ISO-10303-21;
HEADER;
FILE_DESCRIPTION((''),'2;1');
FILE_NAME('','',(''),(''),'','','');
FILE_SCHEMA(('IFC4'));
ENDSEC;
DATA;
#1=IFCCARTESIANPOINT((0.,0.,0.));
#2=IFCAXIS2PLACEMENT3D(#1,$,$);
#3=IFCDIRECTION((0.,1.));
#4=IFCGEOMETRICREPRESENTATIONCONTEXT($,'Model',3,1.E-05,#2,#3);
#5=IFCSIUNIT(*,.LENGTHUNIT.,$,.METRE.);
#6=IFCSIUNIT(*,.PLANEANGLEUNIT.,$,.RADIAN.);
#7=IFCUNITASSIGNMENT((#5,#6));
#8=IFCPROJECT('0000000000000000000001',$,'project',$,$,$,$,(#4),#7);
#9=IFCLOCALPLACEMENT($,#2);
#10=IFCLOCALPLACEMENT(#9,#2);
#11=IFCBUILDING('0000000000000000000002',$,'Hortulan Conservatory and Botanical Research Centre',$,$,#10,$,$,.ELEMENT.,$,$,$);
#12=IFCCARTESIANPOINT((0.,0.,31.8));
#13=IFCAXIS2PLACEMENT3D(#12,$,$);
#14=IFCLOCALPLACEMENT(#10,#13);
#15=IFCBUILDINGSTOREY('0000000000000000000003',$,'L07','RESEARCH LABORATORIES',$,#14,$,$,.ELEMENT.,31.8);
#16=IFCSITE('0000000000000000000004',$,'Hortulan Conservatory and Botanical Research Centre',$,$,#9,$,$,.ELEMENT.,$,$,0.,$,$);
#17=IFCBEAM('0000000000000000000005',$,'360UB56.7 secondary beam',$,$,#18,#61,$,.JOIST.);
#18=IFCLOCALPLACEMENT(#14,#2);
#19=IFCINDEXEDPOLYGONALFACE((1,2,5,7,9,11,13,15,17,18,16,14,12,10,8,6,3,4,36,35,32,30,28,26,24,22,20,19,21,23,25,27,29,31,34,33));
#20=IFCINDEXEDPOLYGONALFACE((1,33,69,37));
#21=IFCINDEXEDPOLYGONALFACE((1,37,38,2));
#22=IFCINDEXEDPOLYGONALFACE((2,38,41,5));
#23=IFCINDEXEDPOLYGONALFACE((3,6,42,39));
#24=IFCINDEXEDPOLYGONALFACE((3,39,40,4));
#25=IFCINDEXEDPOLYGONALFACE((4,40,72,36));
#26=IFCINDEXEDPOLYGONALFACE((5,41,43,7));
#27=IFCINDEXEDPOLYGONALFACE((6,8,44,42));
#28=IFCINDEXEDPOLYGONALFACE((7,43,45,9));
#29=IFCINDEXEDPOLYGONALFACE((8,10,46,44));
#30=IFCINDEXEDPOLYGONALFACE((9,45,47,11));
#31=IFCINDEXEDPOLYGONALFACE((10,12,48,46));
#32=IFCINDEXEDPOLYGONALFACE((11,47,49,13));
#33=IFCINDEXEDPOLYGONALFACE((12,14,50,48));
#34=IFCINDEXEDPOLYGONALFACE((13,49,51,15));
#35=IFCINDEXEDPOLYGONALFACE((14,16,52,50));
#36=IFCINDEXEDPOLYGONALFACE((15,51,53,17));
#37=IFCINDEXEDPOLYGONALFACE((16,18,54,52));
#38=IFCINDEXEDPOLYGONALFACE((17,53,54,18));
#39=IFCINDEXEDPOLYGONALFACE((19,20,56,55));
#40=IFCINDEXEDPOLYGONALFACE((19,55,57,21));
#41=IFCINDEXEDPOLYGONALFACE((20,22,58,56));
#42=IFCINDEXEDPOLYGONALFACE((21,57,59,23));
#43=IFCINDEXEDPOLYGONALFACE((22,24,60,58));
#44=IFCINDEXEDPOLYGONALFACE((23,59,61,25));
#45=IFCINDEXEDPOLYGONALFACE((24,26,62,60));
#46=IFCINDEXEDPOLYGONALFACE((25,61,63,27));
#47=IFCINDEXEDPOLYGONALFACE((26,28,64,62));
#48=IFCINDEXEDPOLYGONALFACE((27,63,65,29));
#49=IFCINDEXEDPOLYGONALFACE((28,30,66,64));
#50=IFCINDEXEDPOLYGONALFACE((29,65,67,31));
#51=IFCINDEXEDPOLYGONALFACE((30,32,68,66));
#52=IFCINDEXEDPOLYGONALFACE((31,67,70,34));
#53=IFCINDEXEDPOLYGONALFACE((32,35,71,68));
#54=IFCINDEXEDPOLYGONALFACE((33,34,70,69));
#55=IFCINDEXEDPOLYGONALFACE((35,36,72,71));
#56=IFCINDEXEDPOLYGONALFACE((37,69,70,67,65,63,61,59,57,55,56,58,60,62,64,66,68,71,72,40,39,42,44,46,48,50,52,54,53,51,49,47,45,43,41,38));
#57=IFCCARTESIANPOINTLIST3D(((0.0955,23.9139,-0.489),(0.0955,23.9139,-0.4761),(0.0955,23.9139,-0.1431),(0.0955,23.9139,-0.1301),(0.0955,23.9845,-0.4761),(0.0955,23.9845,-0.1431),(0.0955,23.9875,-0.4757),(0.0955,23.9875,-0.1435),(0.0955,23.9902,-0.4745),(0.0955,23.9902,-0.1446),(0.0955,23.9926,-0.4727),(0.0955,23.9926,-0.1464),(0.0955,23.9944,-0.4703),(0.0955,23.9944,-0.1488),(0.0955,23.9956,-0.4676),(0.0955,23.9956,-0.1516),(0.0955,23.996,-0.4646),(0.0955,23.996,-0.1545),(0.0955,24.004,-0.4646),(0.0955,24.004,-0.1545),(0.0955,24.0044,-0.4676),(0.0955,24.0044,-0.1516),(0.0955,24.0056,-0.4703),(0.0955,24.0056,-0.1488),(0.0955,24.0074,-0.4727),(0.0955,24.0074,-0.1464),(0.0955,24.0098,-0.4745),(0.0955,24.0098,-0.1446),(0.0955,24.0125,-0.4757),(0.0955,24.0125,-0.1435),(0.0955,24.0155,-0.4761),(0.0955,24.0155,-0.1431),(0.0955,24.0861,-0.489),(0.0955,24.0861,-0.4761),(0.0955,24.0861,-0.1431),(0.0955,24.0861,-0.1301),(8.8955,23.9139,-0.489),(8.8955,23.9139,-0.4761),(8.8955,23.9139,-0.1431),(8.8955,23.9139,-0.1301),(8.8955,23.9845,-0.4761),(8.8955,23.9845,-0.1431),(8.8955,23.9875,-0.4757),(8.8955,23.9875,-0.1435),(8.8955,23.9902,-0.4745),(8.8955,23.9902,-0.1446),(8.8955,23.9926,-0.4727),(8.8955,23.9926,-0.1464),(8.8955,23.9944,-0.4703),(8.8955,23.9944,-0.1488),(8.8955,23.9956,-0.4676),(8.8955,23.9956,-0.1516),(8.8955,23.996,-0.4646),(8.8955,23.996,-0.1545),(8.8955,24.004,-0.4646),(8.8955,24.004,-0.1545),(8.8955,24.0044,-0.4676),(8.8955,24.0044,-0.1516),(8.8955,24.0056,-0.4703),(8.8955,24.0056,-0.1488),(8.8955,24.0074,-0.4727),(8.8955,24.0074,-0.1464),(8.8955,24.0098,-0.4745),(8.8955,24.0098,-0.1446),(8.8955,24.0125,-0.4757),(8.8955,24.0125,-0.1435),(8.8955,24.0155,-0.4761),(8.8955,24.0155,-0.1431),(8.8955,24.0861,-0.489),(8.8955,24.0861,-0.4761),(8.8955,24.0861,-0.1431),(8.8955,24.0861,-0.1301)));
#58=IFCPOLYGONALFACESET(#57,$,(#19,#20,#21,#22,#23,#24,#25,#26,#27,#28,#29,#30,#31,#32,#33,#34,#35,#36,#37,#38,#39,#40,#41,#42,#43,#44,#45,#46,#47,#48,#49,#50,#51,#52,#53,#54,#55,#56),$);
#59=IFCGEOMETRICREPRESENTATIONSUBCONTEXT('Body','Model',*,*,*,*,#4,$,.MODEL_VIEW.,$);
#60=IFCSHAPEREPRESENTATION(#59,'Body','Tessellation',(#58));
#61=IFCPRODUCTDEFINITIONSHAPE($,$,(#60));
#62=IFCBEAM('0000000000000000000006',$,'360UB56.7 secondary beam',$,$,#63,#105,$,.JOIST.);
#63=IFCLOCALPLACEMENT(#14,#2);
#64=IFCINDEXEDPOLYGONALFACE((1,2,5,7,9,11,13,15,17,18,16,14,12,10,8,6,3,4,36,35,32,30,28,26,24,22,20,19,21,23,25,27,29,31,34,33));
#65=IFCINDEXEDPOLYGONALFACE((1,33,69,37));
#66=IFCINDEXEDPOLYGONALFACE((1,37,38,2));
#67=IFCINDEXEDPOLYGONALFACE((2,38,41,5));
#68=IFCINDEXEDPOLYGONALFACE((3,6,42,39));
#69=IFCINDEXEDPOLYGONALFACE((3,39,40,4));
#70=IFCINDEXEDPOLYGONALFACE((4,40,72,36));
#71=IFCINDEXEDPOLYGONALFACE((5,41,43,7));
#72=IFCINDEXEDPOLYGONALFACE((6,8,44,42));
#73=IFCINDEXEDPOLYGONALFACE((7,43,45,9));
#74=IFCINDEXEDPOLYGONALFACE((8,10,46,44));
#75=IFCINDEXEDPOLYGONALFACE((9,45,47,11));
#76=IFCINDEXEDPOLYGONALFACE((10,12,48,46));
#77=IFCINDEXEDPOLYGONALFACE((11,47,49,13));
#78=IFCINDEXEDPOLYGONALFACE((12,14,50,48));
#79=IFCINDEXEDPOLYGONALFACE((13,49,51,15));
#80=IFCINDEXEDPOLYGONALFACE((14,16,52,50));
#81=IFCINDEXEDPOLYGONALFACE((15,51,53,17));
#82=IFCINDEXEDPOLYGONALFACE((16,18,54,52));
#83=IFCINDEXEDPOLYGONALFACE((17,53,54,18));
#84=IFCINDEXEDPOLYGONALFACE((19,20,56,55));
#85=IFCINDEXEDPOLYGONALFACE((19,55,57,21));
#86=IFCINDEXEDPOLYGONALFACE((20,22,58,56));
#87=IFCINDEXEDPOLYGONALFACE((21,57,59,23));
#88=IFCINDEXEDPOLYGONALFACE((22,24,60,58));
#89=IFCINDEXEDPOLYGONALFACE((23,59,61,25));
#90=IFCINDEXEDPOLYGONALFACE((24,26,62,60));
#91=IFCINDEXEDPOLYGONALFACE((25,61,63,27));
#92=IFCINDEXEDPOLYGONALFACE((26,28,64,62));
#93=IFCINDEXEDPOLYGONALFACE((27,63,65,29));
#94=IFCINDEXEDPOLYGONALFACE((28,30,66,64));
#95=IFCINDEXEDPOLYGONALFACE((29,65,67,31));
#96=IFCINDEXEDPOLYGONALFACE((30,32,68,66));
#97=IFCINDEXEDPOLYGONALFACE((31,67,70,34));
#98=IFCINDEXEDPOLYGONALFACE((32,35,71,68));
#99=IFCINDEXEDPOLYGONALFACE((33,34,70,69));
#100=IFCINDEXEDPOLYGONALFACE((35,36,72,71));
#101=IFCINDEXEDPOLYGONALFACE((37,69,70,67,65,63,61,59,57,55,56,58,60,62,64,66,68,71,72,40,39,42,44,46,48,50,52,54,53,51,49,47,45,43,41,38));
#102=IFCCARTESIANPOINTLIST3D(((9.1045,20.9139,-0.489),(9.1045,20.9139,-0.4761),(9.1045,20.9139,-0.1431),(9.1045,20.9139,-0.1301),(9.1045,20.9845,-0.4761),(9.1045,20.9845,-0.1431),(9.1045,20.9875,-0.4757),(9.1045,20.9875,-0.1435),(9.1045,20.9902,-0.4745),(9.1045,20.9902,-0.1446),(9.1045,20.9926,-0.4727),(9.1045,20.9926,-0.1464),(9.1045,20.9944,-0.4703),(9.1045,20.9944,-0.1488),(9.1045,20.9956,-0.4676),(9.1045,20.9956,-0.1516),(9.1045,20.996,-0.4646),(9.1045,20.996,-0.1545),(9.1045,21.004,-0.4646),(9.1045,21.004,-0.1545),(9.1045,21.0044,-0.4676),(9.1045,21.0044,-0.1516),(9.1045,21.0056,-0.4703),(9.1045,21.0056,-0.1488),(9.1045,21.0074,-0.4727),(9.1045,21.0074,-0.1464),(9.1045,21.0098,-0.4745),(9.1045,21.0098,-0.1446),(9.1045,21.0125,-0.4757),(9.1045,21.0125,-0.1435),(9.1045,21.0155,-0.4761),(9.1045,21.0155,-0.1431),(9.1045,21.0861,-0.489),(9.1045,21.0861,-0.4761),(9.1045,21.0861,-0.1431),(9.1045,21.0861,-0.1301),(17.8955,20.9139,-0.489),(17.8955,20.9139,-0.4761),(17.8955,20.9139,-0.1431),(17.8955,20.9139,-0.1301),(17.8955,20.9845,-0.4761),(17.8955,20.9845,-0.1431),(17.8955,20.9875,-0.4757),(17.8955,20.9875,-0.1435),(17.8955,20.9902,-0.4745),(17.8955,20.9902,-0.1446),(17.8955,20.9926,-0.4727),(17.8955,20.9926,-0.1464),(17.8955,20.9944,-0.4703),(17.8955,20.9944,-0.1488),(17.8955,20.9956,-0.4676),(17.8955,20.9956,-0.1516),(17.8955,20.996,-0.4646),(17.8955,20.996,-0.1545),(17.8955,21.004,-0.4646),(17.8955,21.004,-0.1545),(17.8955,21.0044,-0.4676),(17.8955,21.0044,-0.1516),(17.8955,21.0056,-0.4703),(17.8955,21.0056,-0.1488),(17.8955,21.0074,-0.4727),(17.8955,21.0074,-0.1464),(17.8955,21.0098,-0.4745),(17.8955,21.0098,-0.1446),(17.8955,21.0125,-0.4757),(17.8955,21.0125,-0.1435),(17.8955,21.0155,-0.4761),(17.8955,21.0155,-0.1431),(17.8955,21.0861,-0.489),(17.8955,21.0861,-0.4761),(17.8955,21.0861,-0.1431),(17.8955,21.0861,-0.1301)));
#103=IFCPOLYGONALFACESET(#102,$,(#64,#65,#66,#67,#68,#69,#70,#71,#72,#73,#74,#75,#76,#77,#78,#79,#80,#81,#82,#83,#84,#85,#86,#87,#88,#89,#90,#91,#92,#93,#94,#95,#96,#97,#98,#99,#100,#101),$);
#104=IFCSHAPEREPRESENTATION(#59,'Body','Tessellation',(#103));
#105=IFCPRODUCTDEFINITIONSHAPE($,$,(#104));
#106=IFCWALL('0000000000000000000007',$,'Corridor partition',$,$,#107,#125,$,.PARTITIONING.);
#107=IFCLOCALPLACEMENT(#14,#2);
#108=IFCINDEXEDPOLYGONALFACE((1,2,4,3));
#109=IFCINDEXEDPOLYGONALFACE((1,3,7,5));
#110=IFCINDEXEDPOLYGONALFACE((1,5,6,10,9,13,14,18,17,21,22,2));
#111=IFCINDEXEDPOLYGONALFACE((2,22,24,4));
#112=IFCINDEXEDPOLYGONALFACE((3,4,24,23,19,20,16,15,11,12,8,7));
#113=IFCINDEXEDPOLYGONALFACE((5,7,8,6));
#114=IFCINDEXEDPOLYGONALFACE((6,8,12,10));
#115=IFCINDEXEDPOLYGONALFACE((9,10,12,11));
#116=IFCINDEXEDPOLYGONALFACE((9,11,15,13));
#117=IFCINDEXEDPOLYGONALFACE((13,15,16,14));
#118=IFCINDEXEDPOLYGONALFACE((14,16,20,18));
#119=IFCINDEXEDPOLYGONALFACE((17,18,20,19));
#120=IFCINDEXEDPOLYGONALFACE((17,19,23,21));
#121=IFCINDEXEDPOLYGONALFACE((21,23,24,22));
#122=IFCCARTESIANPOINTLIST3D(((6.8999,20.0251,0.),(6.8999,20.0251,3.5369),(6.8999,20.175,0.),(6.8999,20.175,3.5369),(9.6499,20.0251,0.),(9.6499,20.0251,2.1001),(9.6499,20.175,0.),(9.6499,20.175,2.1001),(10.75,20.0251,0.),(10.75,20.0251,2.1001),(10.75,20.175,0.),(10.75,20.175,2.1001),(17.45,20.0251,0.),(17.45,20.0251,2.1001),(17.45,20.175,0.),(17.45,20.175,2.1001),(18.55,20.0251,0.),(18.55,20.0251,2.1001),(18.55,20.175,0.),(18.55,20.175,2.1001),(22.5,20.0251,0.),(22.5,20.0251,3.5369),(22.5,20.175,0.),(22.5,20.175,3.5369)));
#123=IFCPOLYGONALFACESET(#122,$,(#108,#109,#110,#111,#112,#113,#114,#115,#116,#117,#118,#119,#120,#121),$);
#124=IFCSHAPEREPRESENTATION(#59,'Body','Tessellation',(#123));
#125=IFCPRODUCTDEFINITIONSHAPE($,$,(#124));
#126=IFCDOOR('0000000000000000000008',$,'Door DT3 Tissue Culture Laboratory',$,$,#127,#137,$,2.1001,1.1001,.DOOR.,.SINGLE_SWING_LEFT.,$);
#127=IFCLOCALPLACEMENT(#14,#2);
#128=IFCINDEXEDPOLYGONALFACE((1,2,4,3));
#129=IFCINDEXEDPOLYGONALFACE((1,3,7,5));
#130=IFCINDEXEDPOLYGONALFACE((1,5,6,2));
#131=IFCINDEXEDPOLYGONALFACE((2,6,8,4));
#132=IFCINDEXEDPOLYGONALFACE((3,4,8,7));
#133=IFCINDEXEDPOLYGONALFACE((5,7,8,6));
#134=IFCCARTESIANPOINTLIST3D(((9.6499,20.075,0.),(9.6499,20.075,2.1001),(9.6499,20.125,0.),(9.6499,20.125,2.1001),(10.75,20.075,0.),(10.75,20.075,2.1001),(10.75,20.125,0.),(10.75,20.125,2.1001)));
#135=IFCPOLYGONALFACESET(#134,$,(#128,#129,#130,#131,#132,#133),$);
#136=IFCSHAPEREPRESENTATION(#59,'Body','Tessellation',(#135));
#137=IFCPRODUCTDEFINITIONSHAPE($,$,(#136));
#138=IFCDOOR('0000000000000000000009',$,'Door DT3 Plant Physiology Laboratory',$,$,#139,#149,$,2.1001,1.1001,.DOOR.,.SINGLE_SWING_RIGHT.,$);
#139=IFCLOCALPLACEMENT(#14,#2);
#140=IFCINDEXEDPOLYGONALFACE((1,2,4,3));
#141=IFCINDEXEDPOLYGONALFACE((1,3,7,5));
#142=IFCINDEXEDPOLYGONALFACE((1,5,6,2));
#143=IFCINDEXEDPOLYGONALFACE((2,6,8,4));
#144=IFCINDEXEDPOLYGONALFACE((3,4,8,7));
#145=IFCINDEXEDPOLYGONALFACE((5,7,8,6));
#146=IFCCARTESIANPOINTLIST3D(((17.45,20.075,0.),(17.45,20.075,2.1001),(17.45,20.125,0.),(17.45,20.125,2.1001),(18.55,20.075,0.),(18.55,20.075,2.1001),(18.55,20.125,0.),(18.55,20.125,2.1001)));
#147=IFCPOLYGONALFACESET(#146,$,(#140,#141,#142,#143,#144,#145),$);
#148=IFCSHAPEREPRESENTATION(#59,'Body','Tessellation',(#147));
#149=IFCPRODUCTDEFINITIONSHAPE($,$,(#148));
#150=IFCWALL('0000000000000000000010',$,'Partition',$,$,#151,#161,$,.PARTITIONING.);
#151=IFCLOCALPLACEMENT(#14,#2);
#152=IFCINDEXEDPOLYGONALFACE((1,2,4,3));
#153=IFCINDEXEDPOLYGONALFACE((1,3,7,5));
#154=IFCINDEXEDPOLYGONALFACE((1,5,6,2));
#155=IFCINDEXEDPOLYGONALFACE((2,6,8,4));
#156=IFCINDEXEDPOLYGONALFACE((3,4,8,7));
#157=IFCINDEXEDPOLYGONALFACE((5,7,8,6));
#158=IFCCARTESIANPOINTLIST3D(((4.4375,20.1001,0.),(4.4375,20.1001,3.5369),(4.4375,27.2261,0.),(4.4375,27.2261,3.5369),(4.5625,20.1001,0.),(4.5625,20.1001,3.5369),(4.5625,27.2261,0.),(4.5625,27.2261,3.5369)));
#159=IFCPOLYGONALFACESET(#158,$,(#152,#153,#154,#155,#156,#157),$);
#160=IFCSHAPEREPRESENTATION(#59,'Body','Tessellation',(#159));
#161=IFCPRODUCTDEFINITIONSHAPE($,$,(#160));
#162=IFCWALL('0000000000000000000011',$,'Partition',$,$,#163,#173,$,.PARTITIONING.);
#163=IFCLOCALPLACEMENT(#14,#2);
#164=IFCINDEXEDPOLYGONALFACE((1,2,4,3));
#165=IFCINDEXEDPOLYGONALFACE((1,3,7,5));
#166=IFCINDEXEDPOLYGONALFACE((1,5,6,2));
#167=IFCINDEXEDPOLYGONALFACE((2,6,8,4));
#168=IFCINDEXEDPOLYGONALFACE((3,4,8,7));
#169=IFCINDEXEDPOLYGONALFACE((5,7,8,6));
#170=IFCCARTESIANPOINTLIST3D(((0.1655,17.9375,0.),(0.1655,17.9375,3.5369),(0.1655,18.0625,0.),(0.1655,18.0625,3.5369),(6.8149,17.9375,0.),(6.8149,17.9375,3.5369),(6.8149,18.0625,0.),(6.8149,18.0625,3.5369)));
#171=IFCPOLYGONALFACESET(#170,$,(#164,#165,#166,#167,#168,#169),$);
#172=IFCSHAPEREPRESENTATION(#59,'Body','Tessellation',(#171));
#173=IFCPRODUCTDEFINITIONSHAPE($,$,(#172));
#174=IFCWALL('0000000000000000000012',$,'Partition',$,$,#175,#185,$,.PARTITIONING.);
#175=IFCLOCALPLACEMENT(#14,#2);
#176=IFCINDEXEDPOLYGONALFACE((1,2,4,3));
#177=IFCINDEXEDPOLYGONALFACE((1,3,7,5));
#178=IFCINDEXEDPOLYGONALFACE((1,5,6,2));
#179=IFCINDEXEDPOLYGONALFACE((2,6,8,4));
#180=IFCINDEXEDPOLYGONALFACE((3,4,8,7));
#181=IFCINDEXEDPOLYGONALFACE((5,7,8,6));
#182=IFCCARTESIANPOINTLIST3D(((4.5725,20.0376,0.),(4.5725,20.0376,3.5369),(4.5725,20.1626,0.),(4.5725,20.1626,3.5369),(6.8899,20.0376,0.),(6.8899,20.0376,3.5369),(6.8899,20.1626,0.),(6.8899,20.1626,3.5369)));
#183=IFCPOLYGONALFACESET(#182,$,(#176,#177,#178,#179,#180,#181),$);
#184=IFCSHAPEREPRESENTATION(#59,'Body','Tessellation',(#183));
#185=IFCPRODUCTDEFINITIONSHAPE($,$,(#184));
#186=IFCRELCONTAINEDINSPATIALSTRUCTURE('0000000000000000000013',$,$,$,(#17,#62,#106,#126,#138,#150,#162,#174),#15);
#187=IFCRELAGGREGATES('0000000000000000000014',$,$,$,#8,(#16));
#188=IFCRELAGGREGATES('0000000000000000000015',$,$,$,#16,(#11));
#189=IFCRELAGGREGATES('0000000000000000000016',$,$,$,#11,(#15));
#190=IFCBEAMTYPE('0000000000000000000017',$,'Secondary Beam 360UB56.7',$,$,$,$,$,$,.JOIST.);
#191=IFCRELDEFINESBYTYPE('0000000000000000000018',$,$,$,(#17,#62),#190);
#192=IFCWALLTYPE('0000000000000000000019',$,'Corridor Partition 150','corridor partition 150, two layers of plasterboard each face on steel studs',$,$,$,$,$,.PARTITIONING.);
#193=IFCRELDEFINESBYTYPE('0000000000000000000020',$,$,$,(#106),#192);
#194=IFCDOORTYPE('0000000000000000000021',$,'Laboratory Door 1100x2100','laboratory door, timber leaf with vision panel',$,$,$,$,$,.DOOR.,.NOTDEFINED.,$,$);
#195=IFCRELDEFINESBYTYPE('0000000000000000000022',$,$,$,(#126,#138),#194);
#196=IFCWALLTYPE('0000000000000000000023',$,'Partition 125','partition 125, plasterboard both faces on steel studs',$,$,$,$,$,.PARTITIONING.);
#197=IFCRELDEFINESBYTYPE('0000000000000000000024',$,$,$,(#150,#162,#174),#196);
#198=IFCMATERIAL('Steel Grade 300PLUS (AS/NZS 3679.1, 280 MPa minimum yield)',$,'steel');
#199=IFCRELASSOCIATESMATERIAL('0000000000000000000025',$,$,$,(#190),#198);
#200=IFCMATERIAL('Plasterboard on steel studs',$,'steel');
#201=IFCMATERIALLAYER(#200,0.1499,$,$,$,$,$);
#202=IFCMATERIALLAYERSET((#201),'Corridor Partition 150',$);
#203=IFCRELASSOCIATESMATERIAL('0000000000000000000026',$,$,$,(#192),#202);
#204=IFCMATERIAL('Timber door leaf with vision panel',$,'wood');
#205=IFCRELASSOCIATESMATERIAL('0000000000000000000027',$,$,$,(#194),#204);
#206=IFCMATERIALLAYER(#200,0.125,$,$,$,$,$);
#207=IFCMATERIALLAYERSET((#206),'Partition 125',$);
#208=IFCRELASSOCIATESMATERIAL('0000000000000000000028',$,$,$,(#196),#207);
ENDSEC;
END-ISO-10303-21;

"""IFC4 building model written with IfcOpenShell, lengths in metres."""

from ifc_helpers import new_model, si_unit, direction, frame, frame_2d, origin, origin_2d, place, context, subcontext, project, spatial, rectangle, i_section, extrude, material, layer, layer_set, material_profile, profile_set, type_object, element, fill, save


model = new_model("IFC4")

# Units and contexts
model_context = context("Model", 3, precision=1e-05, world=origin(), true_north=direction((0.0, 1.0)))
body_context = subcontext(model_context, "Body", "Model", "MODEL_VIEW")
ifc_project = project(units=[si_unit("LENGTHUNIT", "METRE"), si_unit("PLANEANGLEUNIT", "RADIAN")], contexts=[model_context])

# Site, building, storey
site_placement = place(None, origin())
site = spatial("IfcSite", under=ifc_project, at=site_placement, Name="Hortulan Conservatory and Botanical Research Centre", CompositionType="ELEMENT", RefElevation=0.0)
building_placement = place(site_placement, origin())
building = spatial("IfcBuilding", under=site, at=building_placement, Name="Hortulan Conservatory and Botanical Research Centre", CompositionType="ELEMENT")
storey_placement = place(building_placement, frame((0.0, 0.0, 31.8)))
storey = spatial("IfcBuildingStorey", under=building, at=storey_placement, Name="L07", Description="RESEARCH LABORATORIES", CompositionType="ELEMENT", Elevation=31.8)

# Shared definitions
ifc_material_1 = material(Name="Steel Grade 300PLUS (AS/NZS 3679.1, 280 MPa minimum yield)", Category="steel")

# Beams
ifc_material_profile_1 = material_profile(ifc_material_1, i_section(OverallWidth=0.1721, OverallDepth=0.3589, WebThickness=0.0081, FlangeThickness=0.0129, FilletRadius=0.0115, at=origin_2d()), Name="360UB56.7")
ifc_profile_set_1 = profile_set([ifc_material_profile_1], Name="Steel Grade 300PLUS (AS/NZS 3679.1, 280 MPa minimum yield)")
beam_type_1 = type_object("IfcBeamType", Name="Secondary Beam 360UB56.7", PredefinedType="JOIST", material=ifc_profile_set_1)
for number, where, z_axis, x_axis, name in (
    (1, (0.0955, 24.0, -0.3096), (1.0, 0.0, 0.0), (0.0, 1.0, 0.0), "360UB56.7 secondary beam"),
):
    element("IfcBeam", number, at=place(storey_placement, frame(where, z_axis=z_axis, x_axis=x_axis)), inside=storey, type_object=beam_type_1, Name=name, PredefinedType="JOIST", context=body_context, shape_type="SweptSolid", body=[
        extrude(i_section(OverallWidth=0.1721, OverallDepth=0.3589, WebThickness=0.0081, FlangeThickness=0.0129, FilletRadius=0.0115, at=origin_2d()), origin(), (0.0, 0.0, 1.0), 8.8),
    ])
beam_1_placement = place(storey_placement, frame((9.1045, 21.0, -0.3096), z_axis=(1.0, 0.0, 0.0), x_axis=(0.0, 1.0, 0.0)))
element("IfcBeam", 2, at=beam_1_placement, inside=storey, type_object=beam_type_1, Name="360UB56.7 secondary beam", PredefinedType="JOIST", context=body_context, shape_type="SweptSolid", body=[
    extrude(i_section(OverallWidth=0.1721, OverallDepth=0.3589, WebThickness=0.0081, FlangeThickness=0.0129, FilletRadius=0.0115, at=origin_2d()), origin(), (0.0, 0.0, 1.0), 8.791),
])

# Wall, openings, doors
ifc_material_2 = material(Name="Plasterboard on steel studs", Category="steel")
ifc_layer_1 = layer(ifc_material_2, 0.1499)
ifc_layer_set_1 = layer_set([ifc_layer_1], Name="Corridor Partition 150")
wall_type_1 = type_object("IfcWallType", Name="Corridor Partition 150", Description="corridor partition 150, two layers of plasterboard each face on steel studs", PredefinedType="PARTITIONING", material=ifc_layer_set_1)
wall_1_placement = place(storey_placement, frame((6.8999, 20.1001, 0.0), z_axis=(0.0, 0.0, 1.0), x_axis=(1.0, 0.0, 0.0)))
wall_1 = element("IfcWall", 3, at=wall_1_placement, inside=storey, type_object=wall_type_1, Name="Corridor partition", PredefinedType="PARTITIONING", context=body_context, shape_type="SweptSolid", body=[
    extrude(rectangle(XDim=15.6001, YDim=0.1499, at=frame_2d((7.8, 0.0))), origin(), (0.0, 0.0, 1.0), 3.5369),
])
opening_1_placement = place(wall_1_placement, frame((2.75, 0.0, 0.0)))
opening_1 = element("IfcOpeningElement", 4, at=opening_1_placement, cuts=wall_1, PredefinedType="OPENING", context=body_context, shape_type="SweptSolid", body=[
    extrude(rectangle(XDim=1.1001, YDim=2.1001, at=frame_2d((0.55, 1.05))), frame((0.0, 0.085, 0.0), z_axis=(0.0, -1.0, 0.0), x_axis=(1.0, 0.0, 0.0)), (0.0, 0.0, 1.0), 0.1699),
])
opening_2_placement = place(wall_1_placement, frame((10.55, 0.0, 0.0)))
opening_2 = element("IfcOpeningElement", 5, at=opening_2_placement, cuts=wall_1, PredefinedType="OPENING", context=body_context, shape_type="SweptSolid", body=[
    extrude(rectangle(XDim=1.1001, YDim=2.1001, at=frame_2d((0.55, 1.05))), frame((0.0, 0.085, 0.0), z_axis=(0.0, -1.0, 0.0), x_axis=(1.0, 0.0, 0.0)), (0.0, 0.0, 1.0), 0.1699),
])
ifc_material_3 = material(Name="Timber door leaf with vision panel", Category="wood")
door_type = type_object("IfcDoorType", Name="Laboratory Door 1100x2100", Description="laboratory door, timber leaf with vision panel", OperationType="NOTDEFINED", PredefinedType="DOOR", material=ifc_material_3)
door_1_placement = place(opening_1_placement, origin())
door_1 = element("IfcDoor", 6, at=door_1_placement, inside=storey, type_object=door_type, Name="Door DT3 Tissue Culture Laboratory", OperationType="SINGLE_SWING_LEFT", OverallHeight=2.1001, OverallWidth=1.1001, PredefinedType="DOOR", context=body_context, shape_type="SweptSolid", body=[
    extrude(rectangle(XDim=1.1001, YDim=2.1001, at=frame_2d((0.55, 1.05))), frame((0.0, 0.0249, 0.0), z_axis=(0.0, -1.0, 0.0), x_axis=(1.0, 0.0, 0.0)), (0.0, 0.0, 1.0), 0.05),
])
fill(opening_1, door_1)
door_2_placement = place(opening_2_placement, origin())
door_2 = element("IfcDoor", 7, at=door_2_placement, inside=storey, type_object=door_type, Name="Door DT3 Plant Physiology Laboratory", OperationType="SINGLE_SWING_RIGHT", OverallHeight=2.1001, OverallWidth=1.1001, PredefinedType="DOOR", context=body_context, shape_type="SweptSolid", body=[
    extrude(rectangle(XDim=1.1001, YDim=2.1001, at=frame_2d((0.55, 1.05))), frame((0.0, 0.0249, 0.0), z_axis=(0.0, -1.0, 0.0), x_axis=(1.0, 0.0, 0.0)), (0.0, 0.0, 1.0), 0.05),
])
fill(opening_2, door_2)

# Walls
ifc_layer_2 = layer(ifc_material_2, 0.125)
ifc_layer_set_2 = layer_set([ifc_layer_2], Name="Partition 125")
wall_type_2 = type_object("IfcWallType", Name="Partition 125", Description="partition 125, plasterboard both faces on steel studs", PredefinedType="PARTITIONING", material=ifc_layer_set_2)
wall_2_placement = place(storey_placement, frame((4.5, 20.1001, 0.0), z_axis=(0.0, 0.0, 1.0), x_axis=(0.0, 1.0, 0.0)))
element("IfcWall", 8, at=wall_2_placement, inside=storey, type_object=wall_type_2, Name="Partition", PredefinedType="PARTITIONING", context=body_context, shape_type="SweptSolid", body=[
    extrude(rectangle(XDim=7.126, YDim=0.125, at=frame_2d((3.563, 0.0))), origin(), (0.0, 0.0, 1.0), 3.5369),
])
wall_3_placement = place(storey_placement, frame((0.1655, 18.0, 0.0), z_axis=(0.0, 0.0, 1.0), x_axis=(1.0, 0.0, 0.0)))
element("IfcWall", 9, at=wall_3_placement, inside=storey, type_object=wall_type_2, Name="Partition", PredefinedType="PARTITIONING", context=body_context, shape_type="SweptSolid", body=[
    extrude(rectangle(XDim=6.6494, YDim=0.125, at=frame_2d((3.3247, 0.0))), origin(), (0.0, 0.0, 1.0), 3.5369),
])
wall_4_placement = place(storey_placement, frame((4.5725, 20.1001, 0.0), z_axis=(0.0, 0.0, 1.0), x_axis=(1.0, 0.0, 0.0)))
element("IfcWall", 10, at=wall_4_placement, inside=storey, type_object=wall_type_2, Name="Partition", PredefinedType="PARTITIONING", context=body_context, shape_type="SweptSolid", body=[
    extrude(rectangle(XDim=2.3174, YDim=0.125, at=frame_2d((1.1587, 0.0))), origin(), (0.0, 0.0, 1.0), 3.5369),
])

save(model, "model.ifc")
